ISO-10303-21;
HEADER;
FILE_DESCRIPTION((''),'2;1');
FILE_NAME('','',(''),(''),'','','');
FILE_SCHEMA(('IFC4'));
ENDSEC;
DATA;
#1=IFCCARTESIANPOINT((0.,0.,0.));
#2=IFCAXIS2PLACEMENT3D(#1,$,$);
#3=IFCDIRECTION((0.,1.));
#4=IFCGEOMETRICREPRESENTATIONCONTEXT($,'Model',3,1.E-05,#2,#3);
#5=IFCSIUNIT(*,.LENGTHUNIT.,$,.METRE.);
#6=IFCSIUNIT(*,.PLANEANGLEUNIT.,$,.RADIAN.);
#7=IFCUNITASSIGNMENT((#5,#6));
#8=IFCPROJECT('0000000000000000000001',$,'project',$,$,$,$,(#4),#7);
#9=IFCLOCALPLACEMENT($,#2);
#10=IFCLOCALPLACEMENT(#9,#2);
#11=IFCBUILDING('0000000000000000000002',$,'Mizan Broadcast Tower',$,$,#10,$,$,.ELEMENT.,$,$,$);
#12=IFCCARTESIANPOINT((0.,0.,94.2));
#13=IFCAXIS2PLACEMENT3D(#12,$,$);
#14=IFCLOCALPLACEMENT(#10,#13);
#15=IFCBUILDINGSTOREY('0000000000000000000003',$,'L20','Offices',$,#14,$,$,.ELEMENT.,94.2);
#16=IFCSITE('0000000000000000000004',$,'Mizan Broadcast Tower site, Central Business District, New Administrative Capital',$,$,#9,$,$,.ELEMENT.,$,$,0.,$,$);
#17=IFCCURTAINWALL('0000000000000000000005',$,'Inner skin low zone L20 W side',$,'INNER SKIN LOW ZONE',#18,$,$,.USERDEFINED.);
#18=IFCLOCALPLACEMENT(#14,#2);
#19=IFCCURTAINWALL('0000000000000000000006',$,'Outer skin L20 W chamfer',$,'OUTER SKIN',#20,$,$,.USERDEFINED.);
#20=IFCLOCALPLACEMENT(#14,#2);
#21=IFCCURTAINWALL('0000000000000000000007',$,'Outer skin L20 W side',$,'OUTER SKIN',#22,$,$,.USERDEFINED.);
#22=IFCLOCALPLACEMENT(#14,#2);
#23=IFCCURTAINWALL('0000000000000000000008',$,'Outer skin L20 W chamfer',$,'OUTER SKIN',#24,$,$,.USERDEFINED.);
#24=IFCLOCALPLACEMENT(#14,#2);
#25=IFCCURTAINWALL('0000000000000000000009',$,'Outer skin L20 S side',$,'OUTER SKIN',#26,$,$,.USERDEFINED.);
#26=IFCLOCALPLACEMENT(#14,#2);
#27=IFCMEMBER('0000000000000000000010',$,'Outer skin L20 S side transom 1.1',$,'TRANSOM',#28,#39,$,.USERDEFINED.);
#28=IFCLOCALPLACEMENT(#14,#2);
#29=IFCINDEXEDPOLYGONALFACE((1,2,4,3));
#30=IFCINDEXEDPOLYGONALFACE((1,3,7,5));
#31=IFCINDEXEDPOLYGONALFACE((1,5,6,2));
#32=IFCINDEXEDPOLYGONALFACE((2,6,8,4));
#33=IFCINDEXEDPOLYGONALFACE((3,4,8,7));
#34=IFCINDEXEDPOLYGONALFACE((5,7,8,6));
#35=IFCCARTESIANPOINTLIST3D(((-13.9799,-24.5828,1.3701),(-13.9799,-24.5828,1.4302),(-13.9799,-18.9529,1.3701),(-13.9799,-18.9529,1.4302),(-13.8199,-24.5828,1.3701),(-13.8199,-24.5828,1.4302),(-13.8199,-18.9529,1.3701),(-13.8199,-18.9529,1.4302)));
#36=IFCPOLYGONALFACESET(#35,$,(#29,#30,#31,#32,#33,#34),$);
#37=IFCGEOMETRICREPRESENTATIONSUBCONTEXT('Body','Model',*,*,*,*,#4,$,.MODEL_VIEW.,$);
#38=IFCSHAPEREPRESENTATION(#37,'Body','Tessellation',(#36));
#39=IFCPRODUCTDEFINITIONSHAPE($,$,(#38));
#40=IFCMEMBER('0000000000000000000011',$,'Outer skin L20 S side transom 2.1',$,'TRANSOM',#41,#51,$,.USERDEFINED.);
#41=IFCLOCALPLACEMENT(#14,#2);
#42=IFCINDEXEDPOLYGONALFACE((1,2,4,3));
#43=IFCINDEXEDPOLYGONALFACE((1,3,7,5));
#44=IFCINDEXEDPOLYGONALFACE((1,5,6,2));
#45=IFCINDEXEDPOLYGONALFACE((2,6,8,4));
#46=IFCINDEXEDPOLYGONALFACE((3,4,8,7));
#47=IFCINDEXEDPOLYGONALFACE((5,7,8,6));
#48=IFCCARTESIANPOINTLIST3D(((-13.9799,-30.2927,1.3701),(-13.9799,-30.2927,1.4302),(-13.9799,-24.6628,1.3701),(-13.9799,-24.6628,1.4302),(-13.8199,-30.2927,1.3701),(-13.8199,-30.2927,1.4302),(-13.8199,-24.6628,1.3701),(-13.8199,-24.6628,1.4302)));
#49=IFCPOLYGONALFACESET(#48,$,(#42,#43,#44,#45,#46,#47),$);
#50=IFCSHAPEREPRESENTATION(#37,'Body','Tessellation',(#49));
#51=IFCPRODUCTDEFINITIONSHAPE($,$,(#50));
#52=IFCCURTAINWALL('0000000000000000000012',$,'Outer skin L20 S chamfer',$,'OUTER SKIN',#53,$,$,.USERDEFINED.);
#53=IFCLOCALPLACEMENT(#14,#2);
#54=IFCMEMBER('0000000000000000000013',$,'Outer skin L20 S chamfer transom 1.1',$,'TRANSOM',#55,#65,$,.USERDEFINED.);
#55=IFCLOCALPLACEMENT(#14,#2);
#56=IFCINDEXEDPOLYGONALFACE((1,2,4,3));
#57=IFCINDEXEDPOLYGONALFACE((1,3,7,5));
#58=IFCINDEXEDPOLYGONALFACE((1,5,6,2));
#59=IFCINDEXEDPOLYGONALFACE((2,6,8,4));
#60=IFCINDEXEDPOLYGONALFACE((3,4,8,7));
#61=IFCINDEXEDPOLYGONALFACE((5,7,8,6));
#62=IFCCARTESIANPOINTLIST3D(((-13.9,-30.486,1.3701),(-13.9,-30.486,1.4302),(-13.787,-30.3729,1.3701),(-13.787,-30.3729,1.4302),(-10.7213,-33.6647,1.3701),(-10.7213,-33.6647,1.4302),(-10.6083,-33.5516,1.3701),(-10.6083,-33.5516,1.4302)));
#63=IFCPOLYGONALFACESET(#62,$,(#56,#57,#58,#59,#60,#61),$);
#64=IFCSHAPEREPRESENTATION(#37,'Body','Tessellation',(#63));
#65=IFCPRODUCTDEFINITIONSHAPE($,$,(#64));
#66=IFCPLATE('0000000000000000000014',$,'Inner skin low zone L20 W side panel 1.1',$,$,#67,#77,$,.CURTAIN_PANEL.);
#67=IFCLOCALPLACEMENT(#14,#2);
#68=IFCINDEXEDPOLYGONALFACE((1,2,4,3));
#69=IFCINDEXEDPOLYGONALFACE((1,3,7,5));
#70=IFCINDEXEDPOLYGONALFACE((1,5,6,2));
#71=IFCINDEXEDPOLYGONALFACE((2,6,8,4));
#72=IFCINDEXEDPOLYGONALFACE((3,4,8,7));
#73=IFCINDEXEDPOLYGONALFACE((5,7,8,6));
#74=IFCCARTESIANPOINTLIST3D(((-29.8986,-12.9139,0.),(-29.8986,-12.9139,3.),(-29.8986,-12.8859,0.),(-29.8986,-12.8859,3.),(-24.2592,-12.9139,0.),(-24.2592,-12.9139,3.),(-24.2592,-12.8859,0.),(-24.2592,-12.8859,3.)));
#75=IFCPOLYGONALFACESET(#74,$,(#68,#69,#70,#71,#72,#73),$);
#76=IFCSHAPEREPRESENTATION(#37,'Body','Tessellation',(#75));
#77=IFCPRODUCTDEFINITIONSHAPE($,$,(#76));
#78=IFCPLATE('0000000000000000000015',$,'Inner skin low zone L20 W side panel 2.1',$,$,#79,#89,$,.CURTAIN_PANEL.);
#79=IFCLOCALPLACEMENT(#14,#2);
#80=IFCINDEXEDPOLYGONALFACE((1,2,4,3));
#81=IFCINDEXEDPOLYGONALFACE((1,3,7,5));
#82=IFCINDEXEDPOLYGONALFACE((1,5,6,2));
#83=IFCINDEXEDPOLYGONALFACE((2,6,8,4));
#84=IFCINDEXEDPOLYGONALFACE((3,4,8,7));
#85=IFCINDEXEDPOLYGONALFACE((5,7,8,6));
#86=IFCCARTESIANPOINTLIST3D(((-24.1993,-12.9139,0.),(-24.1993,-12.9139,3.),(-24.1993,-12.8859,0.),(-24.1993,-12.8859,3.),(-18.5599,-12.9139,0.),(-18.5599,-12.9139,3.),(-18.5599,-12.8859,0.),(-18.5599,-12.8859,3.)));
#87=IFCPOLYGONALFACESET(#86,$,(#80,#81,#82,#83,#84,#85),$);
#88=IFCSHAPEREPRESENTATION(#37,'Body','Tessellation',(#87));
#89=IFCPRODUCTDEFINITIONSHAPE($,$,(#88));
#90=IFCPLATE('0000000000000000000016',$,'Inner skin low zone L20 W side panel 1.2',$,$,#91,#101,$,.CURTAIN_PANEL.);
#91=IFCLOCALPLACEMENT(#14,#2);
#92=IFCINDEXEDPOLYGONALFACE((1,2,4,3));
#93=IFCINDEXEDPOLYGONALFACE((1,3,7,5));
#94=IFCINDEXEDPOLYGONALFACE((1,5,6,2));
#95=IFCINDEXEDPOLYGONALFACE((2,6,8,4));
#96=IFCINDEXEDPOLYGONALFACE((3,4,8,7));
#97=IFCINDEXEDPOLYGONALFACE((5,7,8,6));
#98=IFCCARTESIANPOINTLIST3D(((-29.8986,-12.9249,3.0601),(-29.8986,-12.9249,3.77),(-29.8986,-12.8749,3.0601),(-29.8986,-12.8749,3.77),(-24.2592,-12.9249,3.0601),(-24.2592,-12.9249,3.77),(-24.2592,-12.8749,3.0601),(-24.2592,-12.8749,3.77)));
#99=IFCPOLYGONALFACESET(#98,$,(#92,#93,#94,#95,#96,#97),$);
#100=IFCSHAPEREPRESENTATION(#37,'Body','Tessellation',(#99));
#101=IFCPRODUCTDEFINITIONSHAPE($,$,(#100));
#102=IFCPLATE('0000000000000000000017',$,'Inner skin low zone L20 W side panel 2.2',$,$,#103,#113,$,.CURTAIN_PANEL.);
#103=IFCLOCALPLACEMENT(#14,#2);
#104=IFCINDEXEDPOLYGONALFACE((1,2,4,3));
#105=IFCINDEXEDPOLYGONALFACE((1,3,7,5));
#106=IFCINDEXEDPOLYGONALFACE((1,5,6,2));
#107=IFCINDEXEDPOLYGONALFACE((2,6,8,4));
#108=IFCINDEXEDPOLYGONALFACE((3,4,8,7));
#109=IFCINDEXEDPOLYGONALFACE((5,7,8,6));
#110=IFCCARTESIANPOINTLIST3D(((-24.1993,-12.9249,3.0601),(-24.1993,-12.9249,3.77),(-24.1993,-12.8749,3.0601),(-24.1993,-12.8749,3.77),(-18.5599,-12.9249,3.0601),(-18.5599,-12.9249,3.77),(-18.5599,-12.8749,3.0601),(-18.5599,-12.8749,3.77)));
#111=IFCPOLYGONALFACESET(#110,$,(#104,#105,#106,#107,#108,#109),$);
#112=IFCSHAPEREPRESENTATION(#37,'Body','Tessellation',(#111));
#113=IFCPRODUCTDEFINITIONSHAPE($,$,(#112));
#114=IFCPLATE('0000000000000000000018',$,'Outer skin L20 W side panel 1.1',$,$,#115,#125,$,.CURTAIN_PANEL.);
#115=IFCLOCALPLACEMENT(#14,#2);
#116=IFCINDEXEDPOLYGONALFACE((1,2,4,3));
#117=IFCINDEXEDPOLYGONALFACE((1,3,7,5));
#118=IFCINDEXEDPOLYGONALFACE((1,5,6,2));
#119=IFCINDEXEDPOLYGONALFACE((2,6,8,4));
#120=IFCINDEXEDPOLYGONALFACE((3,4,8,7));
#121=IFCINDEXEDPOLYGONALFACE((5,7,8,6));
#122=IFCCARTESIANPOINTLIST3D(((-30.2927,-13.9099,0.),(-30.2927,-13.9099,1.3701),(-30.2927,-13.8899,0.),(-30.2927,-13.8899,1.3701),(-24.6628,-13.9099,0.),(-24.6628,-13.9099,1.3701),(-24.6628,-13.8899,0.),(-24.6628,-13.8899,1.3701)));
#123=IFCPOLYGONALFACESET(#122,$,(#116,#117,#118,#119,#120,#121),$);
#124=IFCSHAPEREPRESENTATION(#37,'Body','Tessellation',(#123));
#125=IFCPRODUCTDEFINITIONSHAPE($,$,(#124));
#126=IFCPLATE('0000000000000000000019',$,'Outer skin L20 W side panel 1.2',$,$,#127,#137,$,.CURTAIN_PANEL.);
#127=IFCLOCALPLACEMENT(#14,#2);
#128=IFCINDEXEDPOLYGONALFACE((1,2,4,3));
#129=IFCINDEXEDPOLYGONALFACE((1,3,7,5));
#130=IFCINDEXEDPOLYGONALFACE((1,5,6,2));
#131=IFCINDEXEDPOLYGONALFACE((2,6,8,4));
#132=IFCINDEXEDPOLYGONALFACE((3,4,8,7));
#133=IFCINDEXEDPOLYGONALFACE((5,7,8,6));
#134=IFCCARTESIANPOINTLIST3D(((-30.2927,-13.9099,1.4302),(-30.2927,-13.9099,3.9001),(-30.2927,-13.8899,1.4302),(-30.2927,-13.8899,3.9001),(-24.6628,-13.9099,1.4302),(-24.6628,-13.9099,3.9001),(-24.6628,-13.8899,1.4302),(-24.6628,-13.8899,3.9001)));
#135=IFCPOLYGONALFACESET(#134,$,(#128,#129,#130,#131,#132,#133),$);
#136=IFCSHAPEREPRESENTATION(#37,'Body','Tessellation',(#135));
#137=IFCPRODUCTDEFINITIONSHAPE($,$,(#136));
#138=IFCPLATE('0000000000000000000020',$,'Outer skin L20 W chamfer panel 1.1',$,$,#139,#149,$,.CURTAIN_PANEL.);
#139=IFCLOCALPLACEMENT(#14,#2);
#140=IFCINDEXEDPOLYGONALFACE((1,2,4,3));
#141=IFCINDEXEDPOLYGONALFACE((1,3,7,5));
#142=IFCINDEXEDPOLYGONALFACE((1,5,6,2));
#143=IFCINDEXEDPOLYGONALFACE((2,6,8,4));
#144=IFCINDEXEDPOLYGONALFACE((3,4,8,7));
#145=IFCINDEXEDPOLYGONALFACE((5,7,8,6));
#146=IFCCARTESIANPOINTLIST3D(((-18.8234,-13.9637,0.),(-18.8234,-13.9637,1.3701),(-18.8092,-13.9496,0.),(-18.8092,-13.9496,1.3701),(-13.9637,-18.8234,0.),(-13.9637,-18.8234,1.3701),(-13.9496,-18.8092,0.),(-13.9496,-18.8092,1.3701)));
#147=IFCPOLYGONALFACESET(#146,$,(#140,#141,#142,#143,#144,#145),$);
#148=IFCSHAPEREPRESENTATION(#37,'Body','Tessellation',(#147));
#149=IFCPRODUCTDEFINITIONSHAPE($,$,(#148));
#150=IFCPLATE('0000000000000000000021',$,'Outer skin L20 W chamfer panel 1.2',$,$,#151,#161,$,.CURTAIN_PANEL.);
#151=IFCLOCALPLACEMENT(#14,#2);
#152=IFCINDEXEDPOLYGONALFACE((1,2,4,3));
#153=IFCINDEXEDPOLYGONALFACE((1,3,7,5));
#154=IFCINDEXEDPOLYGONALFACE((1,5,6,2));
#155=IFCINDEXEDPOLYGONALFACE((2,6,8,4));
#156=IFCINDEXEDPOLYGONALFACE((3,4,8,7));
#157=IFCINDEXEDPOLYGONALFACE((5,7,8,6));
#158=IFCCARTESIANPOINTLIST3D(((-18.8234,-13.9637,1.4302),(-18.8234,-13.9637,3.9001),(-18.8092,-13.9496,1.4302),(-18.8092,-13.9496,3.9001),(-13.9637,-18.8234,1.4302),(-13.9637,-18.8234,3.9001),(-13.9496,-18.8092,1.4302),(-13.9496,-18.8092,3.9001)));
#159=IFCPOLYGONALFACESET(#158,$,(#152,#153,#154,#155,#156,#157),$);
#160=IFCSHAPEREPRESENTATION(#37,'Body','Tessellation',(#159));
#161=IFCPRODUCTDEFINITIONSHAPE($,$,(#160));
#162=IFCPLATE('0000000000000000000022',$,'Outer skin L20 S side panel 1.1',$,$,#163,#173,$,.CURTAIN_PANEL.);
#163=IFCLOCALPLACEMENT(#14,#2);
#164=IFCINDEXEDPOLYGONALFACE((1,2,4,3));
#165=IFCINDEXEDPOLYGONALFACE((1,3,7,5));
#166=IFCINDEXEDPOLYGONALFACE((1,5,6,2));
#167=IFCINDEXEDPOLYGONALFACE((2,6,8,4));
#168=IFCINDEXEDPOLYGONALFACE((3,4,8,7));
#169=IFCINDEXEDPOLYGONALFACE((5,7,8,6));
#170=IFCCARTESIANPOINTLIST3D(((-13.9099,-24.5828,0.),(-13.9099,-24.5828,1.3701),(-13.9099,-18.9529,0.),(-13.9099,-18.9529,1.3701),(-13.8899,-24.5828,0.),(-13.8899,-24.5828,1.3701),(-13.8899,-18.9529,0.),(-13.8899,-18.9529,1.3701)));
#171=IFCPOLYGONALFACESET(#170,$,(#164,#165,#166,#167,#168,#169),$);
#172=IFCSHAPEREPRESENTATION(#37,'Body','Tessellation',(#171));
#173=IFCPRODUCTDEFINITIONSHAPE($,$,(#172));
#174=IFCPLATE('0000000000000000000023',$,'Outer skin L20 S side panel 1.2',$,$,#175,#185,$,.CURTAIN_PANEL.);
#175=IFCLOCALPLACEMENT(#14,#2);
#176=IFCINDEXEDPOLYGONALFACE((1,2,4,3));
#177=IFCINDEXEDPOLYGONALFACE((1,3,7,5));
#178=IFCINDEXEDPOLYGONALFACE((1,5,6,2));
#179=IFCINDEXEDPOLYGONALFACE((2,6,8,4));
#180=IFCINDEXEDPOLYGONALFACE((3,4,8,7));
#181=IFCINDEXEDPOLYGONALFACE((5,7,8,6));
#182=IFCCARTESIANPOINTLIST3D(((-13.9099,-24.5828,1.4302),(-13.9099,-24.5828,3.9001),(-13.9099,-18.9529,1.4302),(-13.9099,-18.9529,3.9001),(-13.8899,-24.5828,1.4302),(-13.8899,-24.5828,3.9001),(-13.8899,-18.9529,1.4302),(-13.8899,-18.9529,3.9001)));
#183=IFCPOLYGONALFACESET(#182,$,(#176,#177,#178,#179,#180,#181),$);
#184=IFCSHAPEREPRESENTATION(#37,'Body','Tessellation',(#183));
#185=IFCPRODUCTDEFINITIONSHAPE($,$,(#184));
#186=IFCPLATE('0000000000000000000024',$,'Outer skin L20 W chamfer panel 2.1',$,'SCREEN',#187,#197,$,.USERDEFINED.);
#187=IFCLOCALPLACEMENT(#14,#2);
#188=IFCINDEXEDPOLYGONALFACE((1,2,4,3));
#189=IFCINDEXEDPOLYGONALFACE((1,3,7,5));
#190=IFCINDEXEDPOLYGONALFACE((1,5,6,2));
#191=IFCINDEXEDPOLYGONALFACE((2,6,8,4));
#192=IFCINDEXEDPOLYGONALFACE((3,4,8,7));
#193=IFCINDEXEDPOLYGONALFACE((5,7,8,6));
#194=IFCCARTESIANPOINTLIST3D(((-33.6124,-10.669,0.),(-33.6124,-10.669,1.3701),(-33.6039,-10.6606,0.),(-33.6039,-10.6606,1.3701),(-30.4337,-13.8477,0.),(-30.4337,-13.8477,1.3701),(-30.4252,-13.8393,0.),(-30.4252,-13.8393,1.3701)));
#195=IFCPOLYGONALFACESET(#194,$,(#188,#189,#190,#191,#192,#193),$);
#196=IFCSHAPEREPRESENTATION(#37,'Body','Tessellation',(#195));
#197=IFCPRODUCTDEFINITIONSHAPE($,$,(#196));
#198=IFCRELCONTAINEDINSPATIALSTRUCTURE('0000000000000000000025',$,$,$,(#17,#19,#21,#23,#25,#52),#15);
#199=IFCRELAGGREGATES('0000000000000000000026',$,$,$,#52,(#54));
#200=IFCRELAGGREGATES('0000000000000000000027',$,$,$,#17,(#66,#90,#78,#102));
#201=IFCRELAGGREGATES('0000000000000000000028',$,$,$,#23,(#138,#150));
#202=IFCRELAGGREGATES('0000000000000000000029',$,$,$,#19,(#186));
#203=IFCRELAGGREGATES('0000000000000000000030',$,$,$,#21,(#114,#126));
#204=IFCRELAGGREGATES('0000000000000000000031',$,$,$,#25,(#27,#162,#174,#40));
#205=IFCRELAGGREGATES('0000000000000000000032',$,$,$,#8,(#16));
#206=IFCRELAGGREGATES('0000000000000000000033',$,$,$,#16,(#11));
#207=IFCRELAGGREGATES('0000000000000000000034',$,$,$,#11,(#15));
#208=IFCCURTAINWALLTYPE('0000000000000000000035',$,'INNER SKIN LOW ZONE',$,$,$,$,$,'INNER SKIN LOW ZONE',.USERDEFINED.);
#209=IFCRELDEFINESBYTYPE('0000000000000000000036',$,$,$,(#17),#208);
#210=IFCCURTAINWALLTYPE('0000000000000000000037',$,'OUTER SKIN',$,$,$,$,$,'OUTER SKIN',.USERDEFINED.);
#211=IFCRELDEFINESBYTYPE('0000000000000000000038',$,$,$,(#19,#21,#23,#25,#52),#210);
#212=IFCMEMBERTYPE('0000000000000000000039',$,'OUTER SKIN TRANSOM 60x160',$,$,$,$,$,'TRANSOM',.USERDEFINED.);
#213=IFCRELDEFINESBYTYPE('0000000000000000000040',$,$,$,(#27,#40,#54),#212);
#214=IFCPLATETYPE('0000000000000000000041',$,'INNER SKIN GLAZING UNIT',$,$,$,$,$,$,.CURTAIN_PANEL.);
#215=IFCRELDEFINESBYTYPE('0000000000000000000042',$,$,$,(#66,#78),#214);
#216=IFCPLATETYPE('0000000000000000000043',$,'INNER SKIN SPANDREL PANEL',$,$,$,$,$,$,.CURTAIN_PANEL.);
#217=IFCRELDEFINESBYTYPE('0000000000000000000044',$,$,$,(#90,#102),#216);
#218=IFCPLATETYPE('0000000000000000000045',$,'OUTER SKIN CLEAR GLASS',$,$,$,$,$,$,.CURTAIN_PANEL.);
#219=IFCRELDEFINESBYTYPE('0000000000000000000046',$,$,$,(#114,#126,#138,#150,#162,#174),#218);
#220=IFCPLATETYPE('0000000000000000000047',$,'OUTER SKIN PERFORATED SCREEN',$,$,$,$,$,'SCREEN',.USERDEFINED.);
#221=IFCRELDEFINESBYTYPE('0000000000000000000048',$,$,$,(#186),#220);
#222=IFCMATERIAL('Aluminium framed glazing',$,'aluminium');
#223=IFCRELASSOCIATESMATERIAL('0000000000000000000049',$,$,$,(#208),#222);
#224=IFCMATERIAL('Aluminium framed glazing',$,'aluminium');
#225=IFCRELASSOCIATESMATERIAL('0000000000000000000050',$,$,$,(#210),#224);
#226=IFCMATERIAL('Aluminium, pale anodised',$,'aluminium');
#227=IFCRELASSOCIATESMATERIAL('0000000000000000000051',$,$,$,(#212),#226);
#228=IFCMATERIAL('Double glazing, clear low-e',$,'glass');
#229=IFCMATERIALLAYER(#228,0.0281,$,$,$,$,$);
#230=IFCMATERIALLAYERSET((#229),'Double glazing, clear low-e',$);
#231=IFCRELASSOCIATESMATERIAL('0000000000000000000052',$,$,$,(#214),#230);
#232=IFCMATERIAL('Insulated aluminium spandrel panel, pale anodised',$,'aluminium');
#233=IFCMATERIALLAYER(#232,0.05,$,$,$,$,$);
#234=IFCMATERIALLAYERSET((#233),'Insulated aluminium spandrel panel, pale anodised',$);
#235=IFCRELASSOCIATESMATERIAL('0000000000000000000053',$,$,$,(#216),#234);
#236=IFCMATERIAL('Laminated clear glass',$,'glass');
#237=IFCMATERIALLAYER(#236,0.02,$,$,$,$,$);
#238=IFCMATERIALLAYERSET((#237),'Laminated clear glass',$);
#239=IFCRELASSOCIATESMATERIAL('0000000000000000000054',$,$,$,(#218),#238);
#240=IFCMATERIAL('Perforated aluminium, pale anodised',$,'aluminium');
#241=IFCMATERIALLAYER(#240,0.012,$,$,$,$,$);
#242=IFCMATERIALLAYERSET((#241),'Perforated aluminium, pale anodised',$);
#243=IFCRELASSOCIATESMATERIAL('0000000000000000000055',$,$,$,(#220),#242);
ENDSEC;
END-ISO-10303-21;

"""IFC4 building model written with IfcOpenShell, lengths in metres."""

from ifc_helpers import new_model, si_unit, direction, frame, origin, origin_2d, place, context, subcontext, project, spatial, rectangle, extrude, material, layer, layer_set, material_profile, profile_set, type_object, element, aggregate, save


model = new_model("IFC4")

# Units and contexts
model_context = context("Model", 3, precision=1e-05, world=origin(), true_north=direction((0.0, 1.0)))
body_context = subcontext(model_context, "Body", "Model", "MODEL_VIEW")
ifc_project = project(units=[si_unit("LENGTHUNIT", "METRE"), si_unit("PLANEANGLEUNIT", "RADIAN")], contexts=[model_context])

# Site, building, storey
site_placement = place(None, origin())
site = spatial("IfcSite", under=ifc_project, at=site_placement, Name="Mizan Broadcast Tower site, Central Business District, New Administrative Capital", CompositionType="ELEMENT", RefElevation=0.0)
building_placement = place(site_placement, origin())
building = spatial("IfcBuilding", under=site, at=building_placement, Name="Mizan Broadcast Tower", CompositionType="ELEMENT")
storey_placement = place(building_placement, frame((0.0, 0.0, 94.2)))
storey = spatial("IfcBuildingStorey", under=building, at=storey_placement, Name="L20", Description="Offices", CompositionType="ELEMENT", Elevation=94.2)

# Shared definitions
ifc_material_1 = material(Name="Aluminium framed glazing", Category="aluminium")
curtain_wall_type_1 = type_object("IfcCurtainWallType", Name="INNER SKIN LOW ZONE", ElementType="INNER SKIN LOW ZONE", PredefinedType="USERDEFINED", material=ifc_material_1)

# Curtain wall
curtain_wall_1_placement = place(storey_placement, origin())
curtain_wall_1 = element("IfcCurtainWall", 1, at=curtain_wall_1_placement, inside=storey, type_object=curtain_wall_type_1, Name="Inner skin low zone L20 W side", ObjectType="INNER SKIN LOW ZONE", PredefinedType="USERDEFINED")

# Curtain wall
ifc_material_2 = material(Name="Aluminium framed glazing", Category="aluminium")
curtain_wall_type_2 = type_object("IfcCurtainWallType", Name="OUTER SKIN", ElementType="OUTER SKIN", PredefinedType="USERDEFINED", material=ifc_material_2)
curtain_wall_2_placement = place(storey_placement, origin())
curtain_wall_2 = element("IfcCurtainWall", 2, at=curtain_wall_2_placement, inside=storey, type_object=curtain_wall_type_2, Name="Outer skin L20 W chamfer", ObjectType="OUTER SKIN", PredefinedType="USERDEFINED")

# Curtain wall
curtain_wall_3_placement = place(storey_placement, origin())
curtain_wall_3 = element("IfcCurtainWall", 3, at=curtain_wall_3_placement, inside=storey, type_object=curtain_wall_type_2, Name="Outer skin L20 W side", ObjectType="OUTER SKIN", PredefinedType="USERDEFINED")

# Curtain wall
curtain_wall_4_placement = place(storey_placement, origin())
curtain_wall_4 = element("IfcCurtainWall", 4, at=curtain_wall_4_placement, inside=storey, type_object=curtain_wall_type_2, Name="Outer skin L20 W chamfer", ObjectType="OUTER SKIN", PredefinedType="USERDEFINED")

# Curtain wall
curtain_wall_5_placement = place(storey_placement, origin())
curtain_wall_5 = element("IfcCurtainWall", 5, at=curtain_wall_5_placement, inside=storey, type_object=curtain_wall_type_2, Name="Outer skin L20 S side", ObjectType="OUTER SKIN", PredefinedType="USERDEFINED")

# Members
ifc_material_3 = material(Name="Aluminium, pale anodised", Category="aluminium")
ifc_material_profile_1 = material_profile(ifc_material_3, rectangle(XDim=0.1599, YDim=0.0601, at=origin_2d()), Name="TRANSOM 160x60")
ifc_profile_set_1 = profile_set([ifc_material_profile_1], Name="Aluminium, pale anodised")
member_type_1 = type_object("IfcMemberType", Name="OUTER SKIN TRANSOM 60x160", ElementType="TRANSOM", PredefinedType="USERDEFINED", material=ifc_profile_set_1)
member_1_placement = place(storey_placement, frame((-13.8999, -18.9529, 1.4001), z_axis=(0.0, -1.0, 0.0), x_axis=(1.0, 0.0, 0.0)))
member_1 = element("IfcMember", 6, at=member_1_placement, type_object=member_type_1, Name="Outer skin L20 S side transom 1.1", ObjectType="TRANSOM", PredefinedType="USERDEFINED", context=body_context, shape_type="SweptSolid", body=[
    extrude(rectangle(XDim=0.1599, YDim=0.0601, at=origin_2d()), origin(), (0.0, 0.0, 1.0), 5.6299),
])
member_2_placement = place(storey_placement, frame((-13.8999, -24.6628, 1.4001), z_axis=(0.0, -1.0, 0.0), x_axis=(1.0, 0.0, 0.0)))
member_2 = element("IfcMember", 7, at=member_2_placement, type_object=member_type_1, Name="Outer skin L20 S side transom 2.1", ObjectType="TRANSOM", PredefinedType="USERDEFINED", context=body_context, shape_type="SweptSolid", body=[
    extrude(rectangle(XDim=0.1599, YDim=0.0601, at=origin_2d()), origin(), (0.0, 0.0, 1.0), 5.6299),
])

# Curtain wall, member
curtain_wall_6_placement = place(storey_placement, origin())
curtain_wall_6 = element("IfcCurtainWall", 8, at=curtain_wall_6_placement, inside=storey, type_object=curtain_wall_type_2, Name="Outer skin L20 S chamfer", ObjectType="OUTER SKIN", PredefinedType="USERDEFINED")
member_3_placement = place(storey_placement, frame((-13.8435, -30.4294, 1.4001), z_axis=(0.707107, -0.707107, 0.0), x_axis=(0.707107, 0.707107, 0.0)))
member_3 = element("IfcMember", 9, at=member_3_placement, type_object=member_type_1, Name="Outer skin L20 S chamfer transom 1.1", ObjectType="TRANSOM", PredefinedType="USERDEFINED", context=body_context, shape_type="SweptSolid", body=[
    extrude(rectangle(XDim=0.1599, YDim=0.0601, at=origin_2d()), origin(), (0.0, 0.0, 1.0), 4.4954),
])
aggregate(curtain_wall_6, [member_3])

# Plates
ifc_material_4 = material(Name="Double glazing, clear low-e", Category="glass")
ifc_layer_1 = layer(ifc_material_4, 0.0281)
ifc_layer_set_1 = layer_set([ifc_layer_1], Name="Double glazing, clear low-e")
plate_type_1 = type_object("IfcPlateType", Name="INNER SKIN GLAZING UNIT", PredefinedType="CURTAIN_PANEL", material=ifc_layer_set_1)
plate_1_placement = place(storey_placement, frame((-27.0789, -12.8999, 0.0), z_axis=(0.0, 0.0, 1.0), x_axis=(1.0, 0.0, 0.0)))
plate_1 = element("IfcPlate", 10, at=plate_1_placement, type_object=plate_type_1, Name="Inner skin low zone L20 W side panel 1.1", PredefinedType="CURTAIN_PANEL", context=body_context, shape_type="SweptSolid", body=[
    extrude(rectangle(XDim=5.6394, YDim=0.0281, at=origin_2d()), origin(), (0.0, 0.0, 1.0), 3.0),
])
plate_2_placement = place(storey_placement, frame((-21.3796, -12.8999, 0.0), z_axis=(0.0, 0.0, 1.0), x_axis=(1.0, 0.0, 0.0)))
plate_2 = element("IfcPlate", 11, at=plate_2_placement, type_object=plate_type_1, Name="Inner skin low zone L20 W side panel 2.1", PredefinedType="CURTAIN_PANEL", context=body_context, shape_type="SweptSolid", body=[
    extrude(rectangle(XDim=5.6394, YDim=0.0281, at=origin_2d()), origin(), (0.0, 0.0, 1.0), 3.0),
])
ifc_material_5 = material(Name="Insulated aluminium spandrel panel, pale anodised", Category="aluminium")
ifc_layer_2 = layer(ifc_material_5, 0.05)
ifc_layer_set_2 = layer_set([ifc_layer_2], Name="Insulated aluminium spandrel panel, pale anodised")
plate_type_2 = type_object("IfcPlateType", Name="INNER SKIN SPANDREL PANEL", PredefinedType="CURTAIN_PANEL", material=ifc_layer_set_2)
plate_3_placement = place(storey_placement, frame((-27.0789, -12.8999, 3.0601), z_axis=(0.0, 0.0, 1.0), x_axis=(1.0, 0.0, 0.0)))
plate_3 = element("IfcPlate", 12, at=plate_3_placement, type_object=plate_type_2, Name="Inner skin low zone L20 W side panel 1.2", PredefinedType="CURTAIN_PANEL", context=body_context, shape_type="SweptSolid", body=[
    extrude(rectangle(XDim=5.6394, YDim=0.05, at=origin_2d()), origin(), (0.0, 0.0, 1.0), 0.71),
])
plate_4_placement = place(storey_placement, frame((-21.3796, -12.8999, 3.0601), z_axis=(0.0, 0.0, 1.0), x_axis=(1.0, 0.0, 0.0)))
plate_4 = element("IfcPlate", 13, at=plate_4_placement, type_object=plate_type_2, Name="Inner skin low zone L20 W side panel 2.2", PredefinedType="CURTAIN_PANEL", context=body_context, shape_type="SweptSolid", body=[
    extrude(rectangle(XDim=5.6394, YDim=0.05, at=origin_2d()), origin(), (0.0, 0.0, 1.0), 0.71),
])
aggregate(curtain_wall_1, [plate_1, plate_3, plate_2, plate_4])
ifc_material_6 = material(Name="Laminated clear glass", Category="glass")
ifc_layer_3 = layer(ifc_material_6, 0.02)
ifc_layer_set_3 = layer_set([ifc_layer_3], Name="Laminated clear glass")
plate_type_3 = type_object("IfcPlateType", Name="OUTER SKIN CLEAR GLASS", PredefinedType="CURTAIN_PANEL", material=ifc_layer_set_3)
plate_5_placement = place(storey_placement, frame((-27.4778, -13.8999, 0.0), z_axis=(0.0, 0.0, 1.0), x_axis=(1.0, 0.0, 0.0)))
plate_5 = element("IfcPlate", 14, at=plate_5_placement, type_object=plate_type_3, Name="Outer skin L20 W side panel 1.1", PredefinedType="CURTAIN_PANEL", context=body_context, shape_type="SweptSolid", body=[
    extrude(rectangle(XDim=5.6299, YDim=0.02, at=origin_2d()), origin(), (0.0, 0.0, 1.0), 1.3701),
])
plate_6_placement = place(storey_placement, frame((-27.4778, -13.8999, 1.4302), z_axis=(0.0, 0.0, 1.0), x_axis=(1.0, 0.0, 0.0)))
plate_6 = element("IfcPlate", 15, at=plate_6_placement, type_object=plate_type_3, Name="Outer skin L20 W side panel 1.2", PredefinedType="CURTAIN_PANEL", context=body_context, shape_type="SweptSolid", body=[
    extrude(rectangle(XDim=5.6299, YDim=0.02, at=origin_2d()), origin(), (0.0, 0.0, 1.0), 2.47),
])
plate_7_placement = place(storey_placement, frame((-16.3865, -16.3865, 0.0), z_axis=(0.0, 0.0, 1.0), x_axis=(0.707107, -0.707107, 0.0)))
plate_7 = element("IfcPlate", 16, at=plate_7_placement, type_object=plate_type_3, Name="Outer skin L20 W chamfer panel 1.1", PredefinedType="CURTAIN_PANEL", context=body_context, shape_type="SweptSolid", body=[
    extrude(rectangle(XDim=6.8726, YDim=0.02, at=origin_2d()), origin(), (0.0, 0.0, 1.0), 1.3701),
])
plate_8_placement = place(storey_placement, frame((-16.3865, -16.3865, 1.4302), z_axis=(0.0, 0.0, 1.0), x_axis=(0.707107, -0.707107, 0.0)))
plate_8 = element("IfcPlate", 17, at=plate_8_placement, type_object=plate_type_3, Name="Outer skin L20 W chamfer panel 1.2", PredefinedType="CURTAIN_PANEL", context=body_context, shape_type="SweptSolid", body=[
    extrude(rectangle(XDim=6.8726, YDim=0.02, at=origin_2d()), origin(), (0.0, 0.0, 1.0), 2.47),
])
aggregate(curtain_wall_4, [plate_7, plate_8])
plate_9_placement = place(storey_placement, frame((-13.8999, -21.7678, 0.0), z_axis=(0.0, 0.0, 1.0), x_axis=(0.0, -1.0, 0.0)))
plate_9 = element("IfcPlate", 18, at=plate_9_placement, type_object=plate_type_3, Name="Outer skin L20 S side panel 1.1", PredefinedType="CURTAIN_PANEL", context=body_context, shape_type="SweptSolid", body=[
    extrude(rectangle(XDim=5.6299, YDim=0.02, at=origin_2d()), origin(), (0.0, 0.0, 1.0), 1.3701),
])
plate_10_placement = place(storey_placement, frame((-13.8999, -21.7678, 1.4302), z_axis=(0.0, 0.0, 1.0), x_axis=(0.0, -1.0, 0.0)))
plate_10 = element("IfcPlate", 19, at=plate_10_placement, type_object=plate_type_3, Name="Outer skin L20 S side panel 1.2", PredefinedType="CURTAIN_PANEL", context=body_context, shape_type="SweptSolid", body=[
    extrude(rectangle(XDim=5.6299, YDim=0.02, at=origin_2d()), origin(), (0.0, 0.0, 1.0), 2.47),
])
ifc_material_7 = material(Name="Perforated aluminium, pale anodised", Category="aluminium")
ifc_layer_4 = layer(ifc_material_7, 0.012)
ifc_layer_set_4 = layer_set([ifc_layer_4], Name="Perforated aluminium, pale anodised")
plate_type_4 = type_object("IfcPlateType", Name="OUTER SKIN PERFORATED SCREEN", ElementType="SCREEN", PredefinedType="USERDEFINED", material=ifc_layer_set_4)
plate_11_placement = place(storey_placement, frame((-32.0188, -12.2542, 0.0), z_axis=(0.0, 0.0, 1.0), x_axis=(0.707107, -0.707107, 0.0)))
plate_11 = element("IfcPlate", 20, at=plate_11_placement, type_object=plate_type_4, Name="Outer skin L20 W chamfer panel 2.1", ObjectType="SCREEN", PredefinedType="USERDEFINED", context=body_context, shape_type="SweptSolid", body=[
    extrude(rectangle(XDim=4.4954, YDim=0.012, at=origin_2d()), origin(), (0.0, 0.0, 1.0), 1.3701),
])
aggregate(curtain_wall_2, [plate_11])
aggregate(curtain_wall_3, [plate_5, plate_6])
aggregate(curtain_wall_5, [member_1, plate_9, plate_10, member_2])

save(model, "model.ifc")
